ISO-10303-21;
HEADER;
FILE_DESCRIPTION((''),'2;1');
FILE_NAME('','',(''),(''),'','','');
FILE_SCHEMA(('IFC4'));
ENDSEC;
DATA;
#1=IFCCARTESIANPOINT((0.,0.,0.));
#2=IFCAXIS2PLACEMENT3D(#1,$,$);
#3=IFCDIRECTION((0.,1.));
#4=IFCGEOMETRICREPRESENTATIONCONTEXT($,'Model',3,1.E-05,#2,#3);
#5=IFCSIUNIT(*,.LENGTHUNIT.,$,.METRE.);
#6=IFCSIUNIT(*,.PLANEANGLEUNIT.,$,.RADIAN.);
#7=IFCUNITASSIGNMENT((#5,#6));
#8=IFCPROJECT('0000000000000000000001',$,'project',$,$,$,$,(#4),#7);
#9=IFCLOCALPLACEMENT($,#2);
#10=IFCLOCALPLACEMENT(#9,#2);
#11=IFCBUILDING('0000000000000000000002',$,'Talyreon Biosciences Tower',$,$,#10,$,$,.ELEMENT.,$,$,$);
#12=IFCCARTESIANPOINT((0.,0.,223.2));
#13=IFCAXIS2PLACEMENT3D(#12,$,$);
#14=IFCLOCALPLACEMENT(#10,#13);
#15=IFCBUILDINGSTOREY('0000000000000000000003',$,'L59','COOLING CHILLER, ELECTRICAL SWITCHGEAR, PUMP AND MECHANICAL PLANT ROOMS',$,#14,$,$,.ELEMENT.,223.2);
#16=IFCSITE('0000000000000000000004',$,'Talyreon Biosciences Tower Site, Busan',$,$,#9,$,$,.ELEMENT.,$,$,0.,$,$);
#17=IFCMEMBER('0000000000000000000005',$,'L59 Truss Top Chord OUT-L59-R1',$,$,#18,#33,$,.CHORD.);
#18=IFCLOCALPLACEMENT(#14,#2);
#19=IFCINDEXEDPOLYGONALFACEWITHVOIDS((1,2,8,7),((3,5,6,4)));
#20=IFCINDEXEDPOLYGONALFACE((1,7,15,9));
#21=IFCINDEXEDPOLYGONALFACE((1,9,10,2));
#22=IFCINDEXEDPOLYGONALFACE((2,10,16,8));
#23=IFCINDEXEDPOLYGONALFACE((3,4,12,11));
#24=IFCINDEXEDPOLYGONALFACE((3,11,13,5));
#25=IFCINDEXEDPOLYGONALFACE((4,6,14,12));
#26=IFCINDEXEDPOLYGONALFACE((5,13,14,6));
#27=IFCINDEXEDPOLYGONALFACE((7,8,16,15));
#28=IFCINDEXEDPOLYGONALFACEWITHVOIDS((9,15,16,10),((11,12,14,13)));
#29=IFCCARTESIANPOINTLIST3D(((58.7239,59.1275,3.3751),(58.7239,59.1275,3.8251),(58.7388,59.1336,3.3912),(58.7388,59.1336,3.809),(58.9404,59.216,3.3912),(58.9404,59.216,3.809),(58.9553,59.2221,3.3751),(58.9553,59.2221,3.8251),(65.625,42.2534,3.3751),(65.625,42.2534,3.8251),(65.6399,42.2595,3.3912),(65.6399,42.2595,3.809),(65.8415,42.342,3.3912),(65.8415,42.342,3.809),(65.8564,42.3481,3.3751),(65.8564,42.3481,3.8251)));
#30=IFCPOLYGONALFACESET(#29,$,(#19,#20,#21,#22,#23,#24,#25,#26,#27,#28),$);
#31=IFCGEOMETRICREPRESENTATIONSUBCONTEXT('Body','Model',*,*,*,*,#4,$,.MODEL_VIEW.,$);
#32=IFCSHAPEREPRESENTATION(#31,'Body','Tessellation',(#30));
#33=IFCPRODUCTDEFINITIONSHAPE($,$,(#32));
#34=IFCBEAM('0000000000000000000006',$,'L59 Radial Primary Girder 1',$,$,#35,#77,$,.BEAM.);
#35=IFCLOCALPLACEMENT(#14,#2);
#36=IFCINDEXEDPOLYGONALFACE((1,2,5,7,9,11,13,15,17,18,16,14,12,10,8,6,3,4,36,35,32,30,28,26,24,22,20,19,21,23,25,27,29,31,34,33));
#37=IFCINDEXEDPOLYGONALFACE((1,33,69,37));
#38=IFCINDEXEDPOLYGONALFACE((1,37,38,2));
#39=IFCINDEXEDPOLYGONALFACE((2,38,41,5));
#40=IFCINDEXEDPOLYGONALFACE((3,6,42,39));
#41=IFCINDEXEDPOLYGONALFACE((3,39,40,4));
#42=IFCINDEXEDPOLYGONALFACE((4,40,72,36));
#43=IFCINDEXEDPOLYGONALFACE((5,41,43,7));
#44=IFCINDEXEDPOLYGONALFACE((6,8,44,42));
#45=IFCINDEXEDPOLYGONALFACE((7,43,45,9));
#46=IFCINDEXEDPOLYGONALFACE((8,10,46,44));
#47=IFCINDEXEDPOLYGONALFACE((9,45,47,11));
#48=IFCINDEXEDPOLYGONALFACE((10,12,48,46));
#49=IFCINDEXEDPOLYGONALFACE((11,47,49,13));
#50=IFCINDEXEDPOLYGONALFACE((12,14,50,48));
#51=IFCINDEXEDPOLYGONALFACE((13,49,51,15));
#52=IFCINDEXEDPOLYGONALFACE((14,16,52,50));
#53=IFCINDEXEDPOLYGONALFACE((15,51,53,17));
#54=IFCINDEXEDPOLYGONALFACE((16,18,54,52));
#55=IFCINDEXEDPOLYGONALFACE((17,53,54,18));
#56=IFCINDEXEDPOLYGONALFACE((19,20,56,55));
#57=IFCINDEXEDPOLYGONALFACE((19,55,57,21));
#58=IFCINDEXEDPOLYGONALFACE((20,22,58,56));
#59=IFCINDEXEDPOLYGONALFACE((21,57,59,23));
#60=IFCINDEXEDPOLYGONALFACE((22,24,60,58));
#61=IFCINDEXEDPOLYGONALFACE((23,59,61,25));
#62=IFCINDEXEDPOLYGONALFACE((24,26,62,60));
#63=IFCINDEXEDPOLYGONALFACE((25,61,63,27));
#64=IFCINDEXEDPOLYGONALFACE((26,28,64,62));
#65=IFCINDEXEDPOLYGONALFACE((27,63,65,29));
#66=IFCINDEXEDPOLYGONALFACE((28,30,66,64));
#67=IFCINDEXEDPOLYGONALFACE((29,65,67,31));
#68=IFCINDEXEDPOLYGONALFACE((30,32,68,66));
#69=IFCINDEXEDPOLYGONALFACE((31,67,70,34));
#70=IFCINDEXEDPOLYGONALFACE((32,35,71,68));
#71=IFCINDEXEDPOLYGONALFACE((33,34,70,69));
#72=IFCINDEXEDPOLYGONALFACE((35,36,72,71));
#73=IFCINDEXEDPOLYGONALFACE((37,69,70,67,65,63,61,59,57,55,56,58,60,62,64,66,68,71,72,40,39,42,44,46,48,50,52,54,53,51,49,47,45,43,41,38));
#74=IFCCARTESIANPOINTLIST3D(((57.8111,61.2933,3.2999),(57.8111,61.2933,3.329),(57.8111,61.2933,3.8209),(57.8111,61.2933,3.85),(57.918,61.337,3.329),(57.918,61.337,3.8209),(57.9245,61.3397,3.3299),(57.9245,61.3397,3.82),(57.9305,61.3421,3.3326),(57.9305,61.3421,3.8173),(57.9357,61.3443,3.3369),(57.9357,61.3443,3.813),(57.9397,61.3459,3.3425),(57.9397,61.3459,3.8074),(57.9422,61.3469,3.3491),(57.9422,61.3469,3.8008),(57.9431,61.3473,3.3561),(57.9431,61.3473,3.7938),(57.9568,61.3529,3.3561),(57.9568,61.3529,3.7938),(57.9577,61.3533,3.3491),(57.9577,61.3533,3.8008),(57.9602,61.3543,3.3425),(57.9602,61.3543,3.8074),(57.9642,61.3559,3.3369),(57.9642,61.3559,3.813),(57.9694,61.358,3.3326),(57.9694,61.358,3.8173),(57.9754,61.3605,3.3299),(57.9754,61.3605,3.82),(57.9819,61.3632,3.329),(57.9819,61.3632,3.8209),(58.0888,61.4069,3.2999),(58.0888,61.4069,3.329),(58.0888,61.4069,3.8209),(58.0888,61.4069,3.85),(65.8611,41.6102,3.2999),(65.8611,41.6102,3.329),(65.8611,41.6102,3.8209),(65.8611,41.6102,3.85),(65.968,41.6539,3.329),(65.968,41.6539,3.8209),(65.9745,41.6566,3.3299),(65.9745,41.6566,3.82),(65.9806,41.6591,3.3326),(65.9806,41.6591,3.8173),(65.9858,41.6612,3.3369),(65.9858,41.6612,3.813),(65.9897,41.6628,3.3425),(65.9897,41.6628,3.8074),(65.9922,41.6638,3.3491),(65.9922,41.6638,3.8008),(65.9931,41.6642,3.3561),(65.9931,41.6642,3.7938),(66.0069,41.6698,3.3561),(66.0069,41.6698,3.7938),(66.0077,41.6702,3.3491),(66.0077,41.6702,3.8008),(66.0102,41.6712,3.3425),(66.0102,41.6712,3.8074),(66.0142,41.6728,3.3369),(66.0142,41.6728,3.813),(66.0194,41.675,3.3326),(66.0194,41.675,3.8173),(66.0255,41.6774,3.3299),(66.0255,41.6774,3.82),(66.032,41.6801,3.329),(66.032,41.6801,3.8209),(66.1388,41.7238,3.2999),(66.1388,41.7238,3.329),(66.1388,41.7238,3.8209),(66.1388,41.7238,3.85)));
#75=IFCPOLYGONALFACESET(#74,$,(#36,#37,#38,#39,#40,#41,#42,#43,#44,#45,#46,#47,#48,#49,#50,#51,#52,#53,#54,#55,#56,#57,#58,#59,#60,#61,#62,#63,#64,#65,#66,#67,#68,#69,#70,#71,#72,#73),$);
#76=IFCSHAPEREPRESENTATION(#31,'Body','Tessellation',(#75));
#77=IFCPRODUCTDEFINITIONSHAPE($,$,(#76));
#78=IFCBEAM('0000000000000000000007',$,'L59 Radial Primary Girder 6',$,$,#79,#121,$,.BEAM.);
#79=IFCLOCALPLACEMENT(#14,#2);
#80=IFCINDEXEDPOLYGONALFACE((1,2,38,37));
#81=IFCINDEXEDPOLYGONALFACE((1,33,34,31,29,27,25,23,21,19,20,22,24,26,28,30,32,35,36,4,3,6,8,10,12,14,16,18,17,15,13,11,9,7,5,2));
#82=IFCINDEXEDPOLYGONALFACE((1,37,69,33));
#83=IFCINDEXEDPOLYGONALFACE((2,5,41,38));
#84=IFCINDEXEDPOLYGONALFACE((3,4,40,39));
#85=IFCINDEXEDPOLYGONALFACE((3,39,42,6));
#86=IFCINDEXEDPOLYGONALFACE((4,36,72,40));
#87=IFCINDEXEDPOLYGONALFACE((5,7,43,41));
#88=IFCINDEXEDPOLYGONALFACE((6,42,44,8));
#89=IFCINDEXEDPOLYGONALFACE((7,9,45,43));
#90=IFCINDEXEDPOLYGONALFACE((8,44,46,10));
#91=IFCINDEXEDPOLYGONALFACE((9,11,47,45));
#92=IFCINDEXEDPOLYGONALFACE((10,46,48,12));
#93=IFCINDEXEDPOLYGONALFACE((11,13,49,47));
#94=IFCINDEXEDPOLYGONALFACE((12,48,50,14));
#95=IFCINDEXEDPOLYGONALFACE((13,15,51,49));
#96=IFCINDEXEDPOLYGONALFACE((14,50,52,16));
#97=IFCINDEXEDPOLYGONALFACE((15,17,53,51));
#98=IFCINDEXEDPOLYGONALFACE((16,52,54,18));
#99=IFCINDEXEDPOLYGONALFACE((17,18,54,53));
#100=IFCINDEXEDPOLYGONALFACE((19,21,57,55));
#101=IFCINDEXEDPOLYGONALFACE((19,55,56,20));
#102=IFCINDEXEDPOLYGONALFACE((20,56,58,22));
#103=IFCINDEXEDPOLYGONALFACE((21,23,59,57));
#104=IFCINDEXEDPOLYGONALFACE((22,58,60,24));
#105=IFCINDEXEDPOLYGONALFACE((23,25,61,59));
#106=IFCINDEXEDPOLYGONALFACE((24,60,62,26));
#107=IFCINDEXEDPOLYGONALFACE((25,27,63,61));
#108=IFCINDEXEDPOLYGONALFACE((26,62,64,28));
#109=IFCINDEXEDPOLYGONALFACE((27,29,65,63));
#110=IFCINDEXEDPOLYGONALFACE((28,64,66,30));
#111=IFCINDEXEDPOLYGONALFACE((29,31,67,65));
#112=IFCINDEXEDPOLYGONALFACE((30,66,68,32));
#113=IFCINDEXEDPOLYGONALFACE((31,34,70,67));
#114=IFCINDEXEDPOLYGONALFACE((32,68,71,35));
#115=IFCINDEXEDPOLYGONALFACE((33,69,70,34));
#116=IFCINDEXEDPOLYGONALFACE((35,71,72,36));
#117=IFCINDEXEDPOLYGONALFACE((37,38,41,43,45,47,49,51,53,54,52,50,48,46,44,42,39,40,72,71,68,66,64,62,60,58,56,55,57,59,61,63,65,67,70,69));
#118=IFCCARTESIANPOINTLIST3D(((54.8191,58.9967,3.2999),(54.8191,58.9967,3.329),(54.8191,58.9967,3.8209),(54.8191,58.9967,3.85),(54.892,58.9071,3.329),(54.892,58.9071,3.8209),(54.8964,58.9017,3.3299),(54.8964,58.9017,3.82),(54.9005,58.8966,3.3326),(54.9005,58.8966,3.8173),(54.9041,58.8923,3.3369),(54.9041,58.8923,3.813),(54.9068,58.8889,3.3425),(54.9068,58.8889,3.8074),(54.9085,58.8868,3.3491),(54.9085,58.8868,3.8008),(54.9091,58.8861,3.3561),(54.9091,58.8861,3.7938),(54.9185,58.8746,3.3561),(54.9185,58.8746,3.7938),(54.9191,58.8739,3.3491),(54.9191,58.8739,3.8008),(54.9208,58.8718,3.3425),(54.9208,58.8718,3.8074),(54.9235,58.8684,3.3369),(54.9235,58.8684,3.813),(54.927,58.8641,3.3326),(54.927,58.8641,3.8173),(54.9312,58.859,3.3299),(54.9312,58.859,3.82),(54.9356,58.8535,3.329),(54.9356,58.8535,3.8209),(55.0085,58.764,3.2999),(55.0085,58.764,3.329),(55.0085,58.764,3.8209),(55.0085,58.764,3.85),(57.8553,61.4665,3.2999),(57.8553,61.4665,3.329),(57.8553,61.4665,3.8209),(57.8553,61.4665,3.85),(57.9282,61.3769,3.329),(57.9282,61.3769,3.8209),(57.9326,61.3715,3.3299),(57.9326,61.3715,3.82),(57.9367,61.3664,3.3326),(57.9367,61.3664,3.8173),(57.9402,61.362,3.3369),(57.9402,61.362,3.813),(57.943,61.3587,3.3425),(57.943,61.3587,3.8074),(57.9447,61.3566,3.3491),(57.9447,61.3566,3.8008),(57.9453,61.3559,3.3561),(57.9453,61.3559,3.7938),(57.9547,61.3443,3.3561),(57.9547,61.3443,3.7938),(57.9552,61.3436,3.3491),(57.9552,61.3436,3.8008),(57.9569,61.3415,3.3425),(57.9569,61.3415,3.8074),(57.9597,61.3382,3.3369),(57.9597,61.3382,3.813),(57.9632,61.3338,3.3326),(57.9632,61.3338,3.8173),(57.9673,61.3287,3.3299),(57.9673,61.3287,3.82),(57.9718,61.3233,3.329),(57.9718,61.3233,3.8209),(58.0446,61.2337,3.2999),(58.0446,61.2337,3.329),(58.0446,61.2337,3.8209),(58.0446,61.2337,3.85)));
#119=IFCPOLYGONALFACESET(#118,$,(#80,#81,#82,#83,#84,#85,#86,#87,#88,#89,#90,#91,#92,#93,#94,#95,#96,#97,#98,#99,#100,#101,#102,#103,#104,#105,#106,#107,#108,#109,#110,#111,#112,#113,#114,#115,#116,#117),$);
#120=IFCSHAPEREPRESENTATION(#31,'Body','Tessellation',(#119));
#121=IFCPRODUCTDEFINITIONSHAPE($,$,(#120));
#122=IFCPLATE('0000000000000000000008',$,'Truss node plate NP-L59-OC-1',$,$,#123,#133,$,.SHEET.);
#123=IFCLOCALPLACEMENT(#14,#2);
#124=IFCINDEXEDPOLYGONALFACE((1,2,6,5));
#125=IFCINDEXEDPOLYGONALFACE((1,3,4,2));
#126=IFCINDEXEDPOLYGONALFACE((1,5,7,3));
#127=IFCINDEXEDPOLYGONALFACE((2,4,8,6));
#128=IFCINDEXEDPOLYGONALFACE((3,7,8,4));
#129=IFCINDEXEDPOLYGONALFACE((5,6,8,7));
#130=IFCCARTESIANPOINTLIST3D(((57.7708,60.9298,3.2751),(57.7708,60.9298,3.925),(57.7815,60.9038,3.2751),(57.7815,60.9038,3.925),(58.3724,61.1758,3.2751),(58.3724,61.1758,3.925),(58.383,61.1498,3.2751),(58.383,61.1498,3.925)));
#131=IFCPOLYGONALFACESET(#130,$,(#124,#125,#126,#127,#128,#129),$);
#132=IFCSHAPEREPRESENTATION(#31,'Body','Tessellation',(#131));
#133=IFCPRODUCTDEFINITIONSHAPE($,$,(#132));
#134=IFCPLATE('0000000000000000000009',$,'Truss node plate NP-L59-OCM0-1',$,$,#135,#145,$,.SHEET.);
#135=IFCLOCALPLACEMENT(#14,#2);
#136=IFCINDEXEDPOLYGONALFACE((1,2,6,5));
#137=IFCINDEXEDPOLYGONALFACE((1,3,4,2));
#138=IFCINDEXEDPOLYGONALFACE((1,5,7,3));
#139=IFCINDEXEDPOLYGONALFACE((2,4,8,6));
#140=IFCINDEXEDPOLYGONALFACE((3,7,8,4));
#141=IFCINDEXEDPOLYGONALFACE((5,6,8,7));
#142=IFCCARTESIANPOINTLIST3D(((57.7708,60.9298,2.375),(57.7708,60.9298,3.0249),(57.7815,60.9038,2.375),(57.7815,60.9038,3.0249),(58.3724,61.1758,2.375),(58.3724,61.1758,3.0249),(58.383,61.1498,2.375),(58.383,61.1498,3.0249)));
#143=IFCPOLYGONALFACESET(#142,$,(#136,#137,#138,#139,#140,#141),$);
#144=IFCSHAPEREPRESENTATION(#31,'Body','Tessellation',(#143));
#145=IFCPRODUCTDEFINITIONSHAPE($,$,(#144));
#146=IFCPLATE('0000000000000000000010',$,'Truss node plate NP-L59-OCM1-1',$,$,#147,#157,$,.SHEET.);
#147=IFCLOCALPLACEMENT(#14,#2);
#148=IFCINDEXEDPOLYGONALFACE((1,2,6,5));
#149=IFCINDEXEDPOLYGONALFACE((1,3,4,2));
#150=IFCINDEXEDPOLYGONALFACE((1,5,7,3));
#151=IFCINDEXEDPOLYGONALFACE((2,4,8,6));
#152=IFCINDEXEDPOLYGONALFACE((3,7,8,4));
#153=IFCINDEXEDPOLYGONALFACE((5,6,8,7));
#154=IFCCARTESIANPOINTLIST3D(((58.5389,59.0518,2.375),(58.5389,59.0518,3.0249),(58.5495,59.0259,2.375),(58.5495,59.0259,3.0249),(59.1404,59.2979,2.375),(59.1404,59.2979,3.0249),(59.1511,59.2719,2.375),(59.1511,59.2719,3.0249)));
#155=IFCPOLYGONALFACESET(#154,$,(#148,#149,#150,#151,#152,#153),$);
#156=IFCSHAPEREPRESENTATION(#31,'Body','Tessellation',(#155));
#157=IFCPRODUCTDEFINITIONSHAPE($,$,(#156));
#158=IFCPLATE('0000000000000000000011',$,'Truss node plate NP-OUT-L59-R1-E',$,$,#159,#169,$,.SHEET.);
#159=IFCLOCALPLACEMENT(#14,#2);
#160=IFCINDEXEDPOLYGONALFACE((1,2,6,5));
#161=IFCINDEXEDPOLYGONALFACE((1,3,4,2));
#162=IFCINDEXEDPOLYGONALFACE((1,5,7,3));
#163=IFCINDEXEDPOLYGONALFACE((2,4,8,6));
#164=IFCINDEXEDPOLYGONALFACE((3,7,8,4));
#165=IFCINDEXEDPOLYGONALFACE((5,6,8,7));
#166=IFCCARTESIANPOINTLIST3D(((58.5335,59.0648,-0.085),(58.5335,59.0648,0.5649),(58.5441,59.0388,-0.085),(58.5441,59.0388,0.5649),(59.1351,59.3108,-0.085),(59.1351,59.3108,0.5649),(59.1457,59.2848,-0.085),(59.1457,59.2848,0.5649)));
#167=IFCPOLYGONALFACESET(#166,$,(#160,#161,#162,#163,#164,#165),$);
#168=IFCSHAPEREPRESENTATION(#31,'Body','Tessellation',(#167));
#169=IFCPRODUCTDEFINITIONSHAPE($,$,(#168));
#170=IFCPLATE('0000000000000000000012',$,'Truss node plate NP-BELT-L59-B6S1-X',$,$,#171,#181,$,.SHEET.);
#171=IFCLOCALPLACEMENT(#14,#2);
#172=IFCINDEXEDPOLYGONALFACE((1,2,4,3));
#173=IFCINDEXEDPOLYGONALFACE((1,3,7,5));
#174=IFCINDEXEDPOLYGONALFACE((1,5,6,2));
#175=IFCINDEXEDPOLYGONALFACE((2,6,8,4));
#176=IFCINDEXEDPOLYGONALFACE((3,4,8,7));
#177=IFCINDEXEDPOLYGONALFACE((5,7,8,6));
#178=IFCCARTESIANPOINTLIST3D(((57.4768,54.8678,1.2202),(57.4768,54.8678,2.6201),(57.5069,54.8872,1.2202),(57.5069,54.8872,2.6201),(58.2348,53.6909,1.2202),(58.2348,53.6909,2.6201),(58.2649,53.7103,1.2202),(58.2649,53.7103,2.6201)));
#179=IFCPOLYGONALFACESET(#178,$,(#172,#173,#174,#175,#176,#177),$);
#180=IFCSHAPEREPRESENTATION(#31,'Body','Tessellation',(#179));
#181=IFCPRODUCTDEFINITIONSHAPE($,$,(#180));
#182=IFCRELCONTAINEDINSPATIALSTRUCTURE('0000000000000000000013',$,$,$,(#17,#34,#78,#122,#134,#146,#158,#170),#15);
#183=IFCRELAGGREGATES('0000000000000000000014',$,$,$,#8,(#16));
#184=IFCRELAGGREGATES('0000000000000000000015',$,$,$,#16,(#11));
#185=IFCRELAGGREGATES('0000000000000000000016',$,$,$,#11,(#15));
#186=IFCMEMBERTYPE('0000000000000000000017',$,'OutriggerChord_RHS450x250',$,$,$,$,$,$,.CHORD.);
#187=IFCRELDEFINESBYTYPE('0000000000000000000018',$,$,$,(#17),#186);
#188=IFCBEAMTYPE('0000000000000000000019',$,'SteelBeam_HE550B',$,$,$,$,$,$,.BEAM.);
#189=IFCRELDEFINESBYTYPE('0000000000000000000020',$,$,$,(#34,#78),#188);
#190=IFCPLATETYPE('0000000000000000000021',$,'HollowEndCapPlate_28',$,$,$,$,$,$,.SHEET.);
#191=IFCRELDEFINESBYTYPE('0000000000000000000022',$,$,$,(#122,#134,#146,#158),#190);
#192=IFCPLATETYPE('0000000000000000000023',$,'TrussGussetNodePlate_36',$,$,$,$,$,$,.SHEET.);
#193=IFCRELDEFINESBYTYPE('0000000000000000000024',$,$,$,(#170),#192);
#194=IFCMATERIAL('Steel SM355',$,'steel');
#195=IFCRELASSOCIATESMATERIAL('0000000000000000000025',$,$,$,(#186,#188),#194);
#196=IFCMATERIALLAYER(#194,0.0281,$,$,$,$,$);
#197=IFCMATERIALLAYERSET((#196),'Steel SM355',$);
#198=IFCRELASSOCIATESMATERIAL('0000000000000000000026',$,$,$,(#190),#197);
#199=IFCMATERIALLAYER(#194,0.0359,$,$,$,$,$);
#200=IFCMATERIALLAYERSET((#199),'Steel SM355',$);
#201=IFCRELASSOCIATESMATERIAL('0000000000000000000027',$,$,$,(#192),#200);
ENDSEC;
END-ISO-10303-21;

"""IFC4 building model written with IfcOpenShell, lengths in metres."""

from ifc_helpers import new_model, si_unit, direction, frame, origin, origin_2d, place, context, subcontext, project, spatial, rectangle, hollow_rectangle, i_section, extrude, material, layer, layer_set, material_profile, profile_set, type_object, element, save


model = new_model("IFC4")

# Units and contexts
model_context = context("Model", 3, precision=1e-05, world=origin(), true_north=direction((0.0, 1.0)))
body_context = subcontext(model_context, "Body", "Model", "MODEL_VIEW")
ifc_project = project(units=[si_unit("LENGTHUNIT", "METRE"), si_unit("PLANEANGLEUNIT", "RADIAN")], contexts=[model_context])

# Site, building, storey
site_placement = place(None, origin())
site = spatial("IfcSite", under=ifc_project, at=site_placement, Name="Talyreon Biosciences Tower Site, Busan", CompositionType="ELEMENT", RefElevation=0.0)
building_placement = place(site_placement, origin())
building = spatial("IfcBuilding", under=site, at=building_placement, Name="Talyreon Biosciences Tower", CompositionType="ELEMENT")
storey_placement = place(building_placement, frame((0.0, 0.0, 223.2)))
storey = spatial("IfcBuildingStorey", under=building, at=storey_placement, Name="L59", Description="COOLING CHILLER, ELECTRICAL SWITCHGEAR, PUMP AND MECHANICAL PLANT ROOMS", CompositionType="ELEMENT", Elevation=223.2)

# Member
ifc_material_1 = material(Name="Steel SM355", Category="steel")
ifc_material_profile_1 = material_profile(ifc_material_1, hollow_rectangle(XDim=0.25, YDim=0.45, WallThickness=0.0161, at=origin_2d()), Name="RHS 450x250x16")
ifc_profile_set_1 = profile_set([ifc_material_profile_1], Name="Steel SM355")
member_type_1 = type_object("IfcMemberType", Name="OutriggerChord_RHS450x250", PredefinedType="CHORD", material=ifc_profile_set_1)
for number, where, z_axis, x_axis, name in (
    (1, (58.8396, 59.1748, 3.6001), (0.378544, -0.925583, 0.0), (0.925583, 0.378544, 0.0), "L59 Truss Top Chord OUT-L59-R1"),
):
    element("IfcMember", number, at=place(storey_placement, frame(where, z_axis=z_axis, x_axis=x_axis)), inside=storey, type_object=member_type_1, Name=name, PredefinedType="CHORD", context=body_context, shape_type="SweptSolid", body=[
        extrude(hollow_rectangle(XDim=0.25, YDim=0.45, WallThickness=0.0161, at=origin_2d()), origin(), (0.0, 0.0, 1.0), 18.2307),
    ])

# Beams
ifc_material_profile_2 = material_profile(ifc_material_1, i_section(OverallWidth=0.3, OverallDepth=0.55, WebThickness=0.0149, FlangeThickness=0.0291, FilletRadius=0.0271, at=origin_2d()), Name="HE550B")
ifc_profile_set_2 = profile_set([ifc_material_profile_2], Name="Steel SM355")
beam_type = type_object("IfcBeamType", Name="SteelBeam_HE550B", PredefinedType="BEAM", material=ifc_profile_set_2)
beam_1_placement = place(storey_placement, frame((57.95, 61.3501, 3.575), z_axis=(0.378547, -0.925582, 0.0), x_axis=(0.925582, 0.378547, 0.0)))
element("IfcBeam", 2, at=beam_1_placement, inside=storey, type_object=beam_type, Name="L59 Radial Primary Girder 1", PredefinedType="BEAM", context=body_context, shape_type="SweptSolid", body=[
    extrude(i_section(OverallWidth=0.3, OverallDepth=0.55, WebThickness=0.0149, FlangeThickness=0.0291, FilletRadius=0.0271, at=origin_2d()), origin(), (0.0, 0.0, 1.0), 21.2656),
])
beam_2_placement = place(storey_placement, frame((57.95, 61.3501, 3.575), z_axis=(-0.775755, -0.631034, 0.0), x_axis=(0.631034, -0.775755, 0.0)))
element("IfcBeam", 3, at=beam_2_placement, inside=storey, type_object=beam_type, Name="L59 Radial Primary Girder 6", PredefinedType="BEAM", context=body_context, shape_type="SweptSolid", body=[
    extrude(i_section(OverallWidth=0.3, OverallDepth=0.55, WebThickness=0.0149, FlangeThickness=0.0291, FilletRadius=0.0271, at=origin_2d()), origin(), (0.0, 0.0, 1.0), 3.9138),
])

# Plates
ifc_layer_1 = layer(ifc_material_1, 0.0281)
ifc_layer_set_1 = layer_set([ifc_layer_1], Name="Steel SM355")
plate_type_1 = type_object("IfcPlateType", Name="HollowEndCapPlate_28", PredefinedType="SHEET", material=ifc_layer_set_1)
for number, where, z_axis, x_axis, name in (
    (4, (58.0769, 61.0398, 3.2751), (0.0, 0.0, 1.0), (0.92558, 0.378552, 0.0), "Truss node plate NP-L59-OC-1"),
    (5, (58.0769, 61.0398, 2.375), (0.0, 0.0, 1.0), (0.92558, 0.378552, 0.0), "Truss node plate NP-L59-OCM0-1"),
    (6, (58.845, 59.1619, 2.375), (0.0, 0.0, 1.0), (0.92558, 0.378552, 0.0), "Truss node plate NP-L59-OCM1-1"),
    (7, (58.8396, 59.1748, -0.085), (0.0, 0.0, 1.0), (0.925587, 0.378536, 0.0), "Truss node plate NP-OUT-L59-R1-E"),
):
    element("IfcPlate", number, at=place(storey_placement, frame(where, z_axis=z_axis, x_axis=x_axis)), inside=storey, type_object=plate_type_1, Name=name, PredefinedType="SHEET", context=body_context, shape_type="SweptSolid", body=[
        extrude(rectangle(XDim=0.6499, YDim=0.0281, at=origin_2d()), origin(), (0.0, 0.0, 1.0), 0.6499),
    ])
ifc_layer_2 = layer(ifc_material_1, 0.0359)
ifc_layer_set_2 = layer_set([ifc_layer_2], Name="Steel SM355")
plate_type_2 = type_object("IfcPlateType", Name="TrussGussetNodePlate_36", PredefinedType="SHEET", material=ifc_layer_set_2)
plate_placement = place(storey_placement, frame((57.8708, 54.2891, 1.2202), z_axis=(0.0, 0.0, 1.0), x_axis=(0.541459, -0.840727, 0.0)))
element("IfcPlate", 8, at=plate_placement, inside=storey, type_object=plate_type_2, Name="Truss node plate NP-BELT-L59-B6S1-X", PredefinedType="SHEET", context=body_context, shape_type="SweptSolid", body=[
    extrude(rectangle(XDim=1.3999, YDim=0.0359, at=origin_2d()), origin(), (0.0, 0.0, 1.0), 1.3999),
])

save(model, "model.ifc")
